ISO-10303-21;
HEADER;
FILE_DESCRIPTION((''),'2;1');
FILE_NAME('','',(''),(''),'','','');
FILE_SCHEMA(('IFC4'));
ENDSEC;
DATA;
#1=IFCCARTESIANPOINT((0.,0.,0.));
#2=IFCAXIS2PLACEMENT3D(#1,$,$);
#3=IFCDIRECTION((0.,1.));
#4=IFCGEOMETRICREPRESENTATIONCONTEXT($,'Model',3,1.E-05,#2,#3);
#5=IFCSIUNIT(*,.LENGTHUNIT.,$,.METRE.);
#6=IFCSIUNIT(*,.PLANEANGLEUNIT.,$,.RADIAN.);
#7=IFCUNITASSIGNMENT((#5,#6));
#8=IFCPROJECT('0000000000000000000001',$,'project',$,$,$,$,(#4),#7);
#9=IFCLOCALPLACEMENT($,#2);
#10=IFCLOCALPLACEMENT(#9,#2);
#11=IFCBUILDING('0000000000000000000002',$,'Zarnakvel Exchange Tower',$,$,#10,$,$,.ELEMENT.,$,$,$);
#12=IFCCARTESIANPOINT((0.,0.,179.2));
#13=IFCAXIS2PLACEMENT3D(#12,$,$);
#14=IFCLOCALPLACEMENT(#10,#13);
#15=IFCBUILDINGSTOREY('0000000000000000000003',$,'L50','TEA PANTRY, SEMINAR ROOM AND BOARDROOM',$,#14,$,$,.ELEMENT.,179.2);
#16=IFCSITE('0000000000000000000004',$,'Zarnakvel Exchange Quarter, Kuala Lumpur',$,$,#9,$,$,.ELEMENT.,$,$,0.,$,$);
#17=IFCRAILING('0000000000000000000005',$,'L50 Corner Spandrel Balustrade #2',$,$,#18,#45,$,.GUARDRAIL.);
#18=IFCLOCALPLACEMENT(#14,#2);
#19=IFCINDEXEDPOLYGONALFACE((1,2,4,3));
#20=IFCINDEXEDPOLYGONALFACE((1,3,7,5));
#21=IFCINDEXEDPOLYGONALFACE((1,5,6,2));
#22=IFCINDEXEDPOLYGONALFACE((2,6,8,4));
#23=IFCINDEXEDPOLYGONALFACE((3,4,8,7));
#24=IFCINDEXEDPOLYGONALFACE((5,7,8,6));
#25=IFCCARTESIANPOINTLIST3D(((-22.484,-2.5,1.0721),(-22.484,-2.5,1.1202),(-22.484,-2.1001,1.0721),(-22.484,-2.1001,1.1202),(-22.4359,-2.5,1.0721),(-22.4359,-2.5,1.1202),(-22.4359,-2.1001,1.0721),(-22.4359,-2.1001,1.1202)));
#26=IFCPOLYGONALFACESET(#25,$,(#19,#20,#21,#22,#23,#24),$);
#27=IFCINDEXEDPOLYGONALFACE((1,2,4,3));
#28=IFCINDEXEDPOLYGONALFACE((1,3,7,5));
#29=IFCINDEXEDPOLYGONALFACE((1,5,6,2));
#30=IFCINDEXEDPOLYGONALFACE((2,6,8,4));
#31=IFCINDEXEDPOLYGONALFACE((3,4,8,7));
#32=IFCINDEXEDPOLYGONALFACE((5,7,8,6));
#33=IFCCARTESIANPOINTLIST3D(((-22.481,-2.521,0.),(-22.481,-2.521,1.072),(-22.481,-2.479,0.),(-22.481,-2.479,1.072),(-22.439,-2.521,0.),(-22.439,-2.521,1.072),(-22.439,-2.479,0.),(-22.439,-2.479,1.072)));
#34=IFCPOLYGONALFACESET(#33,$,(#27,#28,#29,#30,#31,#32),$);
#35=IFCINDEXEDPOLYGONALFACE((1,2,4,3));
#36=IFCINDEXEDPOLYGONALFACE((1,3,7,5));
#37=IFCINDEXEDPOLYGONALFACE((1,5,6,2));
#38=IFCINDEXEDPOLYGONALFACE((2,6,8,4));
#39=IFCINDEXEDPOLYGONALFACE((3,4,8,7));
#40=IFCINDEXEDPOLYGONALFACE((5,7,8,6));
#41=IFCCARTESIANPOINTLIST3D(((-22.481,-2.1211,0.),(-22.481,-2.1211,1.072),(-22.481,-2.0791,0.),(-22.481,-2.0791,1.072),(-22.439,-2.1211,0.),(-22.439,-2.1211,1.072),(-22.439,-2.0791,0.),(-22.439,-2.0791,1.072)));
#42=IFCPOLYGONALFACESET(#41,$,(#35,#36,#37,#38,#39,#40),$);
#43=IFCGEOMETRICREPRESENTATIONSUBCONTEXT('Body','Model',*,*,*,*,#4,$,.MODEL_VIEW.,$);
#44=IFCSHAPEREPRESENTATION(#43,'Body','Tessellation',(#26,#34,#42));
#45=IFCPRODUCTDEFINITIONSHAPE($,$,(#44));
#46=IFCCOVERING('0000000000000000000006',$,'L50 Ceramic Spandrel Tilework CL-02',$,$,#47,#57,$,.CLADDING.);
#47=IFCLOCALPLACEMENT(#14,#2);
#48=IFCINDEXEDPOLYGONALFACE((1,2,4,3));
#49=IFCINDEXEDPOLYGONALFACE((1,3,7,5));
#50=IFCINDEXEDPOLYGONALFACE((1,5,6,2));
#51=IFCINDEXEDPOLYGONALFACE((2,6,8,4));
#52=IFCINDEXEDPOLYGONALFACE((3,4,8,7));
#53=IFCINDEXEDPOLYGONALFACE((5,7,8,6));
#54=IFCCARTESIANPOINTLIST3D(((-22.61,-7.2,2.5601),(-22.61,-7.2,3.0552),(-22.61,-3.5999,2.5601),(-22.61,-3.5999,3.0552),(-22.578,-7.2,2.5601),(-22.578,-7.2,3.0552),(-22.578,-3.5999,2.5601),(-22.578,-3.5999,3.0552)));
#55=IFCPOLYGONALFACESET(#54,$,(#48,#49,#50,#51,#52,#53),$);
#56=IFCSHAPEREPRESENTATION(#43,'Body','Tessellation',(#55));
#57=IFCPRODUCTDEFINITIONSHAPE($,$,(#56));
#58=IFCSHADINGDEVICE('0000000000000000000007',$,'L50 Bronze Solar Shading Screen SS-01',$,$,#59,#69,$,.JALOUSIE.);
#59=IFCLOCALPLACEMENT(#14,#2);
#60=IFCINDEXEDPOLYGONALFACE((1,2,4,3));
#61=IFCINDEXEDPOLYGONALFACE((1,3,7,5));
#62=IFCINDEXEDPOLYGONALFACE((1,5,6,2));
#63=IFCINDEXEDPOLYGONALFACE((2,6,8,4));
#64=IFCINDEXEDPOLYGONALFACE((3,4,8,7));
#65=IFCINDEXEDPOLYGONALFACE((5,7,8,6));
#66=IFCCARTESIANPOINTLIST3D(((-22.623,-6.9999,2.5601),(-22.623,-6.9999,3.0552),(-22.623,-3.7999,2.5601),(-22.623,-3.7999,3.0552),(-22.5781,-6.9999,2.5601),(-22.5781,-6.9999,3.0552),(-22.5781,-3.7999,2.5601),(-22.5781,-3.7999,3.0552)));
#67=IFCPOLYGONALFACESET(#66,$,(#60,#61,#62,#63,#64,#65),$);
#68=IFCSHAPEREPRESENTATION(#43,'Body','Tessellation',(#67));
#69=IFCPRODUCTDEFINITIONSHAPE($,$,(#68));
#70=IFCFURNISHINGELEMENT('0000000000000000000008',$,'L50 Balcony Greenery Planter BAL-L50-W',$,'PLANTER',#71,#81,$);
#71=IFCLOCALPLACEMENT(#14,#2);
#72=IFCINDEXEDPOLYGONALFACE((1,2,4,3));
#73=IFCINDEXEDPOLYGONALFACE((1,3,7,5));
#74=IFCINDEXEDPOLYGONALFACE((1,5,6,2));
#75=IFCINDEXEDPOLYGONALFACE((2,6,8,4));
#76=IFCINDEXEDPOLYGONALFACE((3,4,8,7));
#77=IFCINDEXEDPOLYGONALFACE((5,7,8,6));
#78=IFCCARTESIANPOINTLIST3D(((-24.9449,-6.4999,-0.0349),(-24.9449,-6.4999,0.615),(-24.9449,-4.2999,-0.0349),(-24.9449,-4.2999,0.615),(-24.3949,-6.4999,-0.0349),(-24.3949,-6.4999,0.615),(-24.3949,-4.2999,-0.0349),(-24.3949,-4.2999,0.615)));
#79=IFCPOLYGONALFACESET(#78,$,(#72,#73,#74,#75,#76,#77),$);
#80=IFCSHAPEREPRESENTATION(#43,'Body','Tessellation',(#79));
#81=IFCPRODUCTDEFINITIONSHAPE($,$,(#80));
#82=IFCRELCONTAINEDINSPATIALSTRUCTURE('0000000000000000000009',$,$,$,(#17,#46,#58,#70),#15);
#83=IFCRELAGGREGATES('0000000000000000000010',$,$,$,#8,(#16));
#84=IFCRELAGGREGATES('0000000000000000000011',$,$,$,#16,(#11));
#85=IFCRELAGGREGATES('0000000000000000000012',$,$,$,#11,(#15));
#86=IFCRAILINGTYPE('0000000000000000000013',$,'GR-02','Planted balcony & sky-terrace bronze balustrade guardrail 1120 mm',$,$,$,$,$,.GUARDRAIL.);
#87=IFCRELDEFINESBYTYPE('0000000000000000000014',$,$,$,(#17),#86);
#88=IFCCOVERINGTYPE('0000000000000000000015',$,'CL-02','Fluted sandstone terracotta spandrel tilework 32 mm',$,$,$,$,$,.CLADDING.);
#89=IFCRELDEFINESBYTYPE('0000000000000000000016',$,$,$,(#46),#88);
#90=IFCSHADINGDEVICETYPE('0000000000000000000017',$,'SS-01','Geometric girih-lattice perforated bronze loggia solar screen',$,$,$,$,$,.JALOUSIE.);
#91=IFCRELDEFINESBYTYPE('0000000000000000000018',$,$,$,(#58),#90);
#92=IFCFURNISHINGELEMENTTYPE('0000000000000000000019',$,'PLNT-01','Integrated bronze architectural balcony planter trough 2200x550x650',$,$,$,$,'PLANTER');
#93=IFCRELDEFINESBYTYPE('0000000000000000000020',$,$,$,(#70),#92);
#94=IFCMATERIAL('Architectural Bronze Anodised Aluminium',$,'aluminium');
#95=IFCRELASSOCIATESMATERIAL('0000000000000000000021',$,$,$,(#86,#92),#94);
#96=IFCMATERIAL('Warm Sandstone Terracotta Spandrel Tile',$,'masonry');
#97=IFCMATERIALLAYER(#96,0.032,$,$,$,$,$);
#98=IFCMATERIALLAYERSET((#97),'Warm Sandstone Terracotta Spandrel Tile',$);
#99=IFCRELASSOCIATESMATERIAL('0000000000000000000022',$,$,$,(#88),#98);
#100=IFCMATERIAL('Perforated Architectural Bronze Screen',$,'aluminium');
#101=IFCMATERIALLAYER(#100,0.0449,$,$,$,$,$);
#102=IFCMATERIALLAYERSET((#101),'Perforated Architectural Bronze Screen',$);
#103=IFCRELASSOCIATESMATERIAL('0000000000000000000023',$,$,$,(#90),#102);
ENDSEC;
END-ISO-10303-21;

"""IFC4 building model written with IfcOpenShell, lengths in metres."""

from ifc_helpers import new_model, si_unit, direction, frame, origin, origin_2d, place, context, subcontext, project, spatial, rectangle, extrude, source, transform, mapped, material, layer, layer_set, type_object, element, save


model = new_model("IFC4")

# Units and contexts
model_context = context("Model", 3, precision=1e-05, world=origin(), true_north=direction((0.0, 1.0)))
body_context = subcontext(model_context, "Body", "Model", "MODEL_VIEW")
ifc_project = project(units=[si_unit("LENGTHUNIT", "METRE"), si_unit("PLANEANGLEUNIT", "RADIAN")], contexts=[model_context])

# Site, building, storey
site_placement = place(None, origin())
site = spatial("IfcSite", under=ifc_project, at=site_placement, Name="Zarnakvel Exchange Quarter, Kuala Lumpur", CompositionType="ELEMENT", RefElevation=0.0)
building_placement = place(site_placement, origin())
building = spatial("IfcBuilding", under=site, at=building_placement, Name="Zarnakvel Exchange Tower", CompositionType="ELEMENT")
storey_placement = place(building_placement, frame((0.0, 0.0, 179.2)))
storey = spatial("IfcBuildingStorey", under=building, at=storey_placement, Name="L50", Description="TEA PANTRY, SEMINAR ROOM AND BOARDROOM", CompositionType="ELEMENT", Elevation=179.2)

# Shared definitions
ifc_material_1 = material(Name="Architectural Bronze Anodised Aluminium", Category="aluminium")

# Railing
railing_type = type_object("IfcRailingType", Name="GR-02", Description="Planted balcony & sky-terrace bronze balustrade guardrail 1120 mm", PredefinedType="GUARDRAIL", material=ifc_material_1)
railing_placement = place(storey_placement, frame((-22.46, -2.5, 0.0)))
element("IfcRailing", 1, at=railing_placement, inside=storey, type_object=railing_type, Name="L50 Corner Spandrel Balustrade #2", PredefinedType="GUARDRAIL", context=body_context, shape_type="SweptSolid", body=[
    extrude(rectangle(XDim=0.0481, YDim=0.0481, at=origin_2d()), frame((0.0, 0.0, 1.0962), z_axis=(0.0, 1.0, 0.0), x_axis=(-1.0, 0.0, 0.0)), (0.0, 0.0, 1.0), 0.3999),
    extrude(rectangle(XDim=0.042, YDim=0.042, at=origin_2d()), origin(), (0.0, 0.0, 1.0), 1.072),
    extrude(rectangle(XDim=0.042, YDim=0.042, at=origin_2d()), frame((0.0, 0.3999, 0.0)), (0.0, 0.0, 1.0), 1.072),
])

# Covering
ifc_material_2 = material(Name="Warm Sandstone Terracotta Spandrel Tile", Category="masonry")
ifc_layer_1 = layer(ifc_material_2, 0.032)
ifc_layer_set_1 = layer_set([ifc_layer_1], Name="Warm Sandstone Terracotta Spandrel Tile")
covering_type = type_object("IfcCoveringType", Name="CL-02", Description="Fluted sandstone terracotta spandrel tilework 32 mm", PredefinedType="CLADDING", material=ifc_layer_set_1)
shared_shape_1 = source(origin(), body_context, "Body", "SweptSolid", [
    extrude(rectangle(XDim=3.6001, YDim=0.032, at=origin_2d()), origin(), (0.0, 0.0, 1.0), 0.4951),
])
covering_placement = place(storey_placement, frame((-22.594, -5.3999, 2.5601), z_axis=(0.0, 0.0, 1.0), x_axis=(0.0, 1.0, 0.0)))
element("IfcCovering", 2, at=covering_placement, inside=storey, type_object=covering_type, Name="L50 Ceramic Spandrel Tilework CL-02", PredefinedType="CLADDING", context=body_context, shape_type="MappedRepresentation", body=[
    mapped(shared_shape_1, transform((0.0, 0.0, 0.0), x_axis=(1.0, 0.0, 0.0), y_axis=(0.0, 1.0, 0.0), z_axis=(0.0, 0.0, 1.0), scale=1.0)),
])

# Shading device
ifc_material_3 = material(Name="Perforated Architectural Bronze Screen", Category="aluminium")
ifc_layer_2 = layer(ifc_material_3, 0.0449)
ifc_layer_set_2 = layer_set([ifc_layer_2], Name="Perforated Architectural Bronze Screen")
shading_device_type = type_object("IfcShadingDeviceType", Name="SS-01", Description="Geometric girih-lattice perforated bronze loggia solar screen", PredefinedType="JALOUSIE", material=ifc_layer_set_2)
shared_shape_2 = source(origin(), body_context, "Body", "SweptSolid", [
    extrude(rectangle(XDim=3.2, YDim=0.0449, at=origin_2d()), origin(), (0.0, 0.0, 1.0), 0.4951),
])
shading_device_placement = place(storey_placement, frame((-22.6006, -5.3999, 2.5601), z_axis=(0.0, 0.0, 1.0), x_axis=(0.0, 1.0, 0.0)))
element("IfcShadingDevice", 3, at=shading_device_placement, inside=storey, type_object=shading_device_type, Name="L50 Bronze Solar Shading Screen SS-01", PredefinedType="JALOUSIE", context=body_context, shape_type="MappedRepresentation", body=[
    mapped(shared_shape_2, transform((0.0, 0.0, 0.0), x_axis=(1.0, 0.0, 0.0), y_axis=(0.0, 1.0, 0.0), z_axis=(0.0, 0.0, 1.0), scale=1.0)),
])

# Furnishing element
furnishing_element_type = type_object("IfcFurnishingElementType", Name="PLNT-01", Description="Integrated bronze architectural balcony planter trough 2200x550x650", ElementType="PLANTER", material=ifc_material_1)
shared_shape_3 = source(origin(), body_context, "Body", "SweptSolid", [
    extrude(rectangle(XDim=2.2, YDim=0.55, at=origin_2d()), origin(), (0.0, 0.0, 1.0), 0.6499),
])
furnishing_placement = place(storey_placement, frame((-24.6699, -5.3999, -0.0349), z_axis=(0.0, 0.0, 1.0), x_axis=(0.0, 1.0, 0.0)))
element("IfcFurnishingElement", 4, at=furnishing_placement, inside=storey, type_object=furnishing_element_type, Name="L50 Balcony Greenery Planter BAL-L50-W", ObjectType="PLANTER", context=body_context, shape_type="MappedRepresentation", body=[
    mapped(shared_shape_3, transform((0.0, 0.0, 0.0), x_axis=(1.0, 0.0, 0.0), y_axis=(0.0, 1.0, 0.0), z_axis=(0.0, 0.0, 1.0), scale=1.0)),
])

save(model, "model.ifc")
